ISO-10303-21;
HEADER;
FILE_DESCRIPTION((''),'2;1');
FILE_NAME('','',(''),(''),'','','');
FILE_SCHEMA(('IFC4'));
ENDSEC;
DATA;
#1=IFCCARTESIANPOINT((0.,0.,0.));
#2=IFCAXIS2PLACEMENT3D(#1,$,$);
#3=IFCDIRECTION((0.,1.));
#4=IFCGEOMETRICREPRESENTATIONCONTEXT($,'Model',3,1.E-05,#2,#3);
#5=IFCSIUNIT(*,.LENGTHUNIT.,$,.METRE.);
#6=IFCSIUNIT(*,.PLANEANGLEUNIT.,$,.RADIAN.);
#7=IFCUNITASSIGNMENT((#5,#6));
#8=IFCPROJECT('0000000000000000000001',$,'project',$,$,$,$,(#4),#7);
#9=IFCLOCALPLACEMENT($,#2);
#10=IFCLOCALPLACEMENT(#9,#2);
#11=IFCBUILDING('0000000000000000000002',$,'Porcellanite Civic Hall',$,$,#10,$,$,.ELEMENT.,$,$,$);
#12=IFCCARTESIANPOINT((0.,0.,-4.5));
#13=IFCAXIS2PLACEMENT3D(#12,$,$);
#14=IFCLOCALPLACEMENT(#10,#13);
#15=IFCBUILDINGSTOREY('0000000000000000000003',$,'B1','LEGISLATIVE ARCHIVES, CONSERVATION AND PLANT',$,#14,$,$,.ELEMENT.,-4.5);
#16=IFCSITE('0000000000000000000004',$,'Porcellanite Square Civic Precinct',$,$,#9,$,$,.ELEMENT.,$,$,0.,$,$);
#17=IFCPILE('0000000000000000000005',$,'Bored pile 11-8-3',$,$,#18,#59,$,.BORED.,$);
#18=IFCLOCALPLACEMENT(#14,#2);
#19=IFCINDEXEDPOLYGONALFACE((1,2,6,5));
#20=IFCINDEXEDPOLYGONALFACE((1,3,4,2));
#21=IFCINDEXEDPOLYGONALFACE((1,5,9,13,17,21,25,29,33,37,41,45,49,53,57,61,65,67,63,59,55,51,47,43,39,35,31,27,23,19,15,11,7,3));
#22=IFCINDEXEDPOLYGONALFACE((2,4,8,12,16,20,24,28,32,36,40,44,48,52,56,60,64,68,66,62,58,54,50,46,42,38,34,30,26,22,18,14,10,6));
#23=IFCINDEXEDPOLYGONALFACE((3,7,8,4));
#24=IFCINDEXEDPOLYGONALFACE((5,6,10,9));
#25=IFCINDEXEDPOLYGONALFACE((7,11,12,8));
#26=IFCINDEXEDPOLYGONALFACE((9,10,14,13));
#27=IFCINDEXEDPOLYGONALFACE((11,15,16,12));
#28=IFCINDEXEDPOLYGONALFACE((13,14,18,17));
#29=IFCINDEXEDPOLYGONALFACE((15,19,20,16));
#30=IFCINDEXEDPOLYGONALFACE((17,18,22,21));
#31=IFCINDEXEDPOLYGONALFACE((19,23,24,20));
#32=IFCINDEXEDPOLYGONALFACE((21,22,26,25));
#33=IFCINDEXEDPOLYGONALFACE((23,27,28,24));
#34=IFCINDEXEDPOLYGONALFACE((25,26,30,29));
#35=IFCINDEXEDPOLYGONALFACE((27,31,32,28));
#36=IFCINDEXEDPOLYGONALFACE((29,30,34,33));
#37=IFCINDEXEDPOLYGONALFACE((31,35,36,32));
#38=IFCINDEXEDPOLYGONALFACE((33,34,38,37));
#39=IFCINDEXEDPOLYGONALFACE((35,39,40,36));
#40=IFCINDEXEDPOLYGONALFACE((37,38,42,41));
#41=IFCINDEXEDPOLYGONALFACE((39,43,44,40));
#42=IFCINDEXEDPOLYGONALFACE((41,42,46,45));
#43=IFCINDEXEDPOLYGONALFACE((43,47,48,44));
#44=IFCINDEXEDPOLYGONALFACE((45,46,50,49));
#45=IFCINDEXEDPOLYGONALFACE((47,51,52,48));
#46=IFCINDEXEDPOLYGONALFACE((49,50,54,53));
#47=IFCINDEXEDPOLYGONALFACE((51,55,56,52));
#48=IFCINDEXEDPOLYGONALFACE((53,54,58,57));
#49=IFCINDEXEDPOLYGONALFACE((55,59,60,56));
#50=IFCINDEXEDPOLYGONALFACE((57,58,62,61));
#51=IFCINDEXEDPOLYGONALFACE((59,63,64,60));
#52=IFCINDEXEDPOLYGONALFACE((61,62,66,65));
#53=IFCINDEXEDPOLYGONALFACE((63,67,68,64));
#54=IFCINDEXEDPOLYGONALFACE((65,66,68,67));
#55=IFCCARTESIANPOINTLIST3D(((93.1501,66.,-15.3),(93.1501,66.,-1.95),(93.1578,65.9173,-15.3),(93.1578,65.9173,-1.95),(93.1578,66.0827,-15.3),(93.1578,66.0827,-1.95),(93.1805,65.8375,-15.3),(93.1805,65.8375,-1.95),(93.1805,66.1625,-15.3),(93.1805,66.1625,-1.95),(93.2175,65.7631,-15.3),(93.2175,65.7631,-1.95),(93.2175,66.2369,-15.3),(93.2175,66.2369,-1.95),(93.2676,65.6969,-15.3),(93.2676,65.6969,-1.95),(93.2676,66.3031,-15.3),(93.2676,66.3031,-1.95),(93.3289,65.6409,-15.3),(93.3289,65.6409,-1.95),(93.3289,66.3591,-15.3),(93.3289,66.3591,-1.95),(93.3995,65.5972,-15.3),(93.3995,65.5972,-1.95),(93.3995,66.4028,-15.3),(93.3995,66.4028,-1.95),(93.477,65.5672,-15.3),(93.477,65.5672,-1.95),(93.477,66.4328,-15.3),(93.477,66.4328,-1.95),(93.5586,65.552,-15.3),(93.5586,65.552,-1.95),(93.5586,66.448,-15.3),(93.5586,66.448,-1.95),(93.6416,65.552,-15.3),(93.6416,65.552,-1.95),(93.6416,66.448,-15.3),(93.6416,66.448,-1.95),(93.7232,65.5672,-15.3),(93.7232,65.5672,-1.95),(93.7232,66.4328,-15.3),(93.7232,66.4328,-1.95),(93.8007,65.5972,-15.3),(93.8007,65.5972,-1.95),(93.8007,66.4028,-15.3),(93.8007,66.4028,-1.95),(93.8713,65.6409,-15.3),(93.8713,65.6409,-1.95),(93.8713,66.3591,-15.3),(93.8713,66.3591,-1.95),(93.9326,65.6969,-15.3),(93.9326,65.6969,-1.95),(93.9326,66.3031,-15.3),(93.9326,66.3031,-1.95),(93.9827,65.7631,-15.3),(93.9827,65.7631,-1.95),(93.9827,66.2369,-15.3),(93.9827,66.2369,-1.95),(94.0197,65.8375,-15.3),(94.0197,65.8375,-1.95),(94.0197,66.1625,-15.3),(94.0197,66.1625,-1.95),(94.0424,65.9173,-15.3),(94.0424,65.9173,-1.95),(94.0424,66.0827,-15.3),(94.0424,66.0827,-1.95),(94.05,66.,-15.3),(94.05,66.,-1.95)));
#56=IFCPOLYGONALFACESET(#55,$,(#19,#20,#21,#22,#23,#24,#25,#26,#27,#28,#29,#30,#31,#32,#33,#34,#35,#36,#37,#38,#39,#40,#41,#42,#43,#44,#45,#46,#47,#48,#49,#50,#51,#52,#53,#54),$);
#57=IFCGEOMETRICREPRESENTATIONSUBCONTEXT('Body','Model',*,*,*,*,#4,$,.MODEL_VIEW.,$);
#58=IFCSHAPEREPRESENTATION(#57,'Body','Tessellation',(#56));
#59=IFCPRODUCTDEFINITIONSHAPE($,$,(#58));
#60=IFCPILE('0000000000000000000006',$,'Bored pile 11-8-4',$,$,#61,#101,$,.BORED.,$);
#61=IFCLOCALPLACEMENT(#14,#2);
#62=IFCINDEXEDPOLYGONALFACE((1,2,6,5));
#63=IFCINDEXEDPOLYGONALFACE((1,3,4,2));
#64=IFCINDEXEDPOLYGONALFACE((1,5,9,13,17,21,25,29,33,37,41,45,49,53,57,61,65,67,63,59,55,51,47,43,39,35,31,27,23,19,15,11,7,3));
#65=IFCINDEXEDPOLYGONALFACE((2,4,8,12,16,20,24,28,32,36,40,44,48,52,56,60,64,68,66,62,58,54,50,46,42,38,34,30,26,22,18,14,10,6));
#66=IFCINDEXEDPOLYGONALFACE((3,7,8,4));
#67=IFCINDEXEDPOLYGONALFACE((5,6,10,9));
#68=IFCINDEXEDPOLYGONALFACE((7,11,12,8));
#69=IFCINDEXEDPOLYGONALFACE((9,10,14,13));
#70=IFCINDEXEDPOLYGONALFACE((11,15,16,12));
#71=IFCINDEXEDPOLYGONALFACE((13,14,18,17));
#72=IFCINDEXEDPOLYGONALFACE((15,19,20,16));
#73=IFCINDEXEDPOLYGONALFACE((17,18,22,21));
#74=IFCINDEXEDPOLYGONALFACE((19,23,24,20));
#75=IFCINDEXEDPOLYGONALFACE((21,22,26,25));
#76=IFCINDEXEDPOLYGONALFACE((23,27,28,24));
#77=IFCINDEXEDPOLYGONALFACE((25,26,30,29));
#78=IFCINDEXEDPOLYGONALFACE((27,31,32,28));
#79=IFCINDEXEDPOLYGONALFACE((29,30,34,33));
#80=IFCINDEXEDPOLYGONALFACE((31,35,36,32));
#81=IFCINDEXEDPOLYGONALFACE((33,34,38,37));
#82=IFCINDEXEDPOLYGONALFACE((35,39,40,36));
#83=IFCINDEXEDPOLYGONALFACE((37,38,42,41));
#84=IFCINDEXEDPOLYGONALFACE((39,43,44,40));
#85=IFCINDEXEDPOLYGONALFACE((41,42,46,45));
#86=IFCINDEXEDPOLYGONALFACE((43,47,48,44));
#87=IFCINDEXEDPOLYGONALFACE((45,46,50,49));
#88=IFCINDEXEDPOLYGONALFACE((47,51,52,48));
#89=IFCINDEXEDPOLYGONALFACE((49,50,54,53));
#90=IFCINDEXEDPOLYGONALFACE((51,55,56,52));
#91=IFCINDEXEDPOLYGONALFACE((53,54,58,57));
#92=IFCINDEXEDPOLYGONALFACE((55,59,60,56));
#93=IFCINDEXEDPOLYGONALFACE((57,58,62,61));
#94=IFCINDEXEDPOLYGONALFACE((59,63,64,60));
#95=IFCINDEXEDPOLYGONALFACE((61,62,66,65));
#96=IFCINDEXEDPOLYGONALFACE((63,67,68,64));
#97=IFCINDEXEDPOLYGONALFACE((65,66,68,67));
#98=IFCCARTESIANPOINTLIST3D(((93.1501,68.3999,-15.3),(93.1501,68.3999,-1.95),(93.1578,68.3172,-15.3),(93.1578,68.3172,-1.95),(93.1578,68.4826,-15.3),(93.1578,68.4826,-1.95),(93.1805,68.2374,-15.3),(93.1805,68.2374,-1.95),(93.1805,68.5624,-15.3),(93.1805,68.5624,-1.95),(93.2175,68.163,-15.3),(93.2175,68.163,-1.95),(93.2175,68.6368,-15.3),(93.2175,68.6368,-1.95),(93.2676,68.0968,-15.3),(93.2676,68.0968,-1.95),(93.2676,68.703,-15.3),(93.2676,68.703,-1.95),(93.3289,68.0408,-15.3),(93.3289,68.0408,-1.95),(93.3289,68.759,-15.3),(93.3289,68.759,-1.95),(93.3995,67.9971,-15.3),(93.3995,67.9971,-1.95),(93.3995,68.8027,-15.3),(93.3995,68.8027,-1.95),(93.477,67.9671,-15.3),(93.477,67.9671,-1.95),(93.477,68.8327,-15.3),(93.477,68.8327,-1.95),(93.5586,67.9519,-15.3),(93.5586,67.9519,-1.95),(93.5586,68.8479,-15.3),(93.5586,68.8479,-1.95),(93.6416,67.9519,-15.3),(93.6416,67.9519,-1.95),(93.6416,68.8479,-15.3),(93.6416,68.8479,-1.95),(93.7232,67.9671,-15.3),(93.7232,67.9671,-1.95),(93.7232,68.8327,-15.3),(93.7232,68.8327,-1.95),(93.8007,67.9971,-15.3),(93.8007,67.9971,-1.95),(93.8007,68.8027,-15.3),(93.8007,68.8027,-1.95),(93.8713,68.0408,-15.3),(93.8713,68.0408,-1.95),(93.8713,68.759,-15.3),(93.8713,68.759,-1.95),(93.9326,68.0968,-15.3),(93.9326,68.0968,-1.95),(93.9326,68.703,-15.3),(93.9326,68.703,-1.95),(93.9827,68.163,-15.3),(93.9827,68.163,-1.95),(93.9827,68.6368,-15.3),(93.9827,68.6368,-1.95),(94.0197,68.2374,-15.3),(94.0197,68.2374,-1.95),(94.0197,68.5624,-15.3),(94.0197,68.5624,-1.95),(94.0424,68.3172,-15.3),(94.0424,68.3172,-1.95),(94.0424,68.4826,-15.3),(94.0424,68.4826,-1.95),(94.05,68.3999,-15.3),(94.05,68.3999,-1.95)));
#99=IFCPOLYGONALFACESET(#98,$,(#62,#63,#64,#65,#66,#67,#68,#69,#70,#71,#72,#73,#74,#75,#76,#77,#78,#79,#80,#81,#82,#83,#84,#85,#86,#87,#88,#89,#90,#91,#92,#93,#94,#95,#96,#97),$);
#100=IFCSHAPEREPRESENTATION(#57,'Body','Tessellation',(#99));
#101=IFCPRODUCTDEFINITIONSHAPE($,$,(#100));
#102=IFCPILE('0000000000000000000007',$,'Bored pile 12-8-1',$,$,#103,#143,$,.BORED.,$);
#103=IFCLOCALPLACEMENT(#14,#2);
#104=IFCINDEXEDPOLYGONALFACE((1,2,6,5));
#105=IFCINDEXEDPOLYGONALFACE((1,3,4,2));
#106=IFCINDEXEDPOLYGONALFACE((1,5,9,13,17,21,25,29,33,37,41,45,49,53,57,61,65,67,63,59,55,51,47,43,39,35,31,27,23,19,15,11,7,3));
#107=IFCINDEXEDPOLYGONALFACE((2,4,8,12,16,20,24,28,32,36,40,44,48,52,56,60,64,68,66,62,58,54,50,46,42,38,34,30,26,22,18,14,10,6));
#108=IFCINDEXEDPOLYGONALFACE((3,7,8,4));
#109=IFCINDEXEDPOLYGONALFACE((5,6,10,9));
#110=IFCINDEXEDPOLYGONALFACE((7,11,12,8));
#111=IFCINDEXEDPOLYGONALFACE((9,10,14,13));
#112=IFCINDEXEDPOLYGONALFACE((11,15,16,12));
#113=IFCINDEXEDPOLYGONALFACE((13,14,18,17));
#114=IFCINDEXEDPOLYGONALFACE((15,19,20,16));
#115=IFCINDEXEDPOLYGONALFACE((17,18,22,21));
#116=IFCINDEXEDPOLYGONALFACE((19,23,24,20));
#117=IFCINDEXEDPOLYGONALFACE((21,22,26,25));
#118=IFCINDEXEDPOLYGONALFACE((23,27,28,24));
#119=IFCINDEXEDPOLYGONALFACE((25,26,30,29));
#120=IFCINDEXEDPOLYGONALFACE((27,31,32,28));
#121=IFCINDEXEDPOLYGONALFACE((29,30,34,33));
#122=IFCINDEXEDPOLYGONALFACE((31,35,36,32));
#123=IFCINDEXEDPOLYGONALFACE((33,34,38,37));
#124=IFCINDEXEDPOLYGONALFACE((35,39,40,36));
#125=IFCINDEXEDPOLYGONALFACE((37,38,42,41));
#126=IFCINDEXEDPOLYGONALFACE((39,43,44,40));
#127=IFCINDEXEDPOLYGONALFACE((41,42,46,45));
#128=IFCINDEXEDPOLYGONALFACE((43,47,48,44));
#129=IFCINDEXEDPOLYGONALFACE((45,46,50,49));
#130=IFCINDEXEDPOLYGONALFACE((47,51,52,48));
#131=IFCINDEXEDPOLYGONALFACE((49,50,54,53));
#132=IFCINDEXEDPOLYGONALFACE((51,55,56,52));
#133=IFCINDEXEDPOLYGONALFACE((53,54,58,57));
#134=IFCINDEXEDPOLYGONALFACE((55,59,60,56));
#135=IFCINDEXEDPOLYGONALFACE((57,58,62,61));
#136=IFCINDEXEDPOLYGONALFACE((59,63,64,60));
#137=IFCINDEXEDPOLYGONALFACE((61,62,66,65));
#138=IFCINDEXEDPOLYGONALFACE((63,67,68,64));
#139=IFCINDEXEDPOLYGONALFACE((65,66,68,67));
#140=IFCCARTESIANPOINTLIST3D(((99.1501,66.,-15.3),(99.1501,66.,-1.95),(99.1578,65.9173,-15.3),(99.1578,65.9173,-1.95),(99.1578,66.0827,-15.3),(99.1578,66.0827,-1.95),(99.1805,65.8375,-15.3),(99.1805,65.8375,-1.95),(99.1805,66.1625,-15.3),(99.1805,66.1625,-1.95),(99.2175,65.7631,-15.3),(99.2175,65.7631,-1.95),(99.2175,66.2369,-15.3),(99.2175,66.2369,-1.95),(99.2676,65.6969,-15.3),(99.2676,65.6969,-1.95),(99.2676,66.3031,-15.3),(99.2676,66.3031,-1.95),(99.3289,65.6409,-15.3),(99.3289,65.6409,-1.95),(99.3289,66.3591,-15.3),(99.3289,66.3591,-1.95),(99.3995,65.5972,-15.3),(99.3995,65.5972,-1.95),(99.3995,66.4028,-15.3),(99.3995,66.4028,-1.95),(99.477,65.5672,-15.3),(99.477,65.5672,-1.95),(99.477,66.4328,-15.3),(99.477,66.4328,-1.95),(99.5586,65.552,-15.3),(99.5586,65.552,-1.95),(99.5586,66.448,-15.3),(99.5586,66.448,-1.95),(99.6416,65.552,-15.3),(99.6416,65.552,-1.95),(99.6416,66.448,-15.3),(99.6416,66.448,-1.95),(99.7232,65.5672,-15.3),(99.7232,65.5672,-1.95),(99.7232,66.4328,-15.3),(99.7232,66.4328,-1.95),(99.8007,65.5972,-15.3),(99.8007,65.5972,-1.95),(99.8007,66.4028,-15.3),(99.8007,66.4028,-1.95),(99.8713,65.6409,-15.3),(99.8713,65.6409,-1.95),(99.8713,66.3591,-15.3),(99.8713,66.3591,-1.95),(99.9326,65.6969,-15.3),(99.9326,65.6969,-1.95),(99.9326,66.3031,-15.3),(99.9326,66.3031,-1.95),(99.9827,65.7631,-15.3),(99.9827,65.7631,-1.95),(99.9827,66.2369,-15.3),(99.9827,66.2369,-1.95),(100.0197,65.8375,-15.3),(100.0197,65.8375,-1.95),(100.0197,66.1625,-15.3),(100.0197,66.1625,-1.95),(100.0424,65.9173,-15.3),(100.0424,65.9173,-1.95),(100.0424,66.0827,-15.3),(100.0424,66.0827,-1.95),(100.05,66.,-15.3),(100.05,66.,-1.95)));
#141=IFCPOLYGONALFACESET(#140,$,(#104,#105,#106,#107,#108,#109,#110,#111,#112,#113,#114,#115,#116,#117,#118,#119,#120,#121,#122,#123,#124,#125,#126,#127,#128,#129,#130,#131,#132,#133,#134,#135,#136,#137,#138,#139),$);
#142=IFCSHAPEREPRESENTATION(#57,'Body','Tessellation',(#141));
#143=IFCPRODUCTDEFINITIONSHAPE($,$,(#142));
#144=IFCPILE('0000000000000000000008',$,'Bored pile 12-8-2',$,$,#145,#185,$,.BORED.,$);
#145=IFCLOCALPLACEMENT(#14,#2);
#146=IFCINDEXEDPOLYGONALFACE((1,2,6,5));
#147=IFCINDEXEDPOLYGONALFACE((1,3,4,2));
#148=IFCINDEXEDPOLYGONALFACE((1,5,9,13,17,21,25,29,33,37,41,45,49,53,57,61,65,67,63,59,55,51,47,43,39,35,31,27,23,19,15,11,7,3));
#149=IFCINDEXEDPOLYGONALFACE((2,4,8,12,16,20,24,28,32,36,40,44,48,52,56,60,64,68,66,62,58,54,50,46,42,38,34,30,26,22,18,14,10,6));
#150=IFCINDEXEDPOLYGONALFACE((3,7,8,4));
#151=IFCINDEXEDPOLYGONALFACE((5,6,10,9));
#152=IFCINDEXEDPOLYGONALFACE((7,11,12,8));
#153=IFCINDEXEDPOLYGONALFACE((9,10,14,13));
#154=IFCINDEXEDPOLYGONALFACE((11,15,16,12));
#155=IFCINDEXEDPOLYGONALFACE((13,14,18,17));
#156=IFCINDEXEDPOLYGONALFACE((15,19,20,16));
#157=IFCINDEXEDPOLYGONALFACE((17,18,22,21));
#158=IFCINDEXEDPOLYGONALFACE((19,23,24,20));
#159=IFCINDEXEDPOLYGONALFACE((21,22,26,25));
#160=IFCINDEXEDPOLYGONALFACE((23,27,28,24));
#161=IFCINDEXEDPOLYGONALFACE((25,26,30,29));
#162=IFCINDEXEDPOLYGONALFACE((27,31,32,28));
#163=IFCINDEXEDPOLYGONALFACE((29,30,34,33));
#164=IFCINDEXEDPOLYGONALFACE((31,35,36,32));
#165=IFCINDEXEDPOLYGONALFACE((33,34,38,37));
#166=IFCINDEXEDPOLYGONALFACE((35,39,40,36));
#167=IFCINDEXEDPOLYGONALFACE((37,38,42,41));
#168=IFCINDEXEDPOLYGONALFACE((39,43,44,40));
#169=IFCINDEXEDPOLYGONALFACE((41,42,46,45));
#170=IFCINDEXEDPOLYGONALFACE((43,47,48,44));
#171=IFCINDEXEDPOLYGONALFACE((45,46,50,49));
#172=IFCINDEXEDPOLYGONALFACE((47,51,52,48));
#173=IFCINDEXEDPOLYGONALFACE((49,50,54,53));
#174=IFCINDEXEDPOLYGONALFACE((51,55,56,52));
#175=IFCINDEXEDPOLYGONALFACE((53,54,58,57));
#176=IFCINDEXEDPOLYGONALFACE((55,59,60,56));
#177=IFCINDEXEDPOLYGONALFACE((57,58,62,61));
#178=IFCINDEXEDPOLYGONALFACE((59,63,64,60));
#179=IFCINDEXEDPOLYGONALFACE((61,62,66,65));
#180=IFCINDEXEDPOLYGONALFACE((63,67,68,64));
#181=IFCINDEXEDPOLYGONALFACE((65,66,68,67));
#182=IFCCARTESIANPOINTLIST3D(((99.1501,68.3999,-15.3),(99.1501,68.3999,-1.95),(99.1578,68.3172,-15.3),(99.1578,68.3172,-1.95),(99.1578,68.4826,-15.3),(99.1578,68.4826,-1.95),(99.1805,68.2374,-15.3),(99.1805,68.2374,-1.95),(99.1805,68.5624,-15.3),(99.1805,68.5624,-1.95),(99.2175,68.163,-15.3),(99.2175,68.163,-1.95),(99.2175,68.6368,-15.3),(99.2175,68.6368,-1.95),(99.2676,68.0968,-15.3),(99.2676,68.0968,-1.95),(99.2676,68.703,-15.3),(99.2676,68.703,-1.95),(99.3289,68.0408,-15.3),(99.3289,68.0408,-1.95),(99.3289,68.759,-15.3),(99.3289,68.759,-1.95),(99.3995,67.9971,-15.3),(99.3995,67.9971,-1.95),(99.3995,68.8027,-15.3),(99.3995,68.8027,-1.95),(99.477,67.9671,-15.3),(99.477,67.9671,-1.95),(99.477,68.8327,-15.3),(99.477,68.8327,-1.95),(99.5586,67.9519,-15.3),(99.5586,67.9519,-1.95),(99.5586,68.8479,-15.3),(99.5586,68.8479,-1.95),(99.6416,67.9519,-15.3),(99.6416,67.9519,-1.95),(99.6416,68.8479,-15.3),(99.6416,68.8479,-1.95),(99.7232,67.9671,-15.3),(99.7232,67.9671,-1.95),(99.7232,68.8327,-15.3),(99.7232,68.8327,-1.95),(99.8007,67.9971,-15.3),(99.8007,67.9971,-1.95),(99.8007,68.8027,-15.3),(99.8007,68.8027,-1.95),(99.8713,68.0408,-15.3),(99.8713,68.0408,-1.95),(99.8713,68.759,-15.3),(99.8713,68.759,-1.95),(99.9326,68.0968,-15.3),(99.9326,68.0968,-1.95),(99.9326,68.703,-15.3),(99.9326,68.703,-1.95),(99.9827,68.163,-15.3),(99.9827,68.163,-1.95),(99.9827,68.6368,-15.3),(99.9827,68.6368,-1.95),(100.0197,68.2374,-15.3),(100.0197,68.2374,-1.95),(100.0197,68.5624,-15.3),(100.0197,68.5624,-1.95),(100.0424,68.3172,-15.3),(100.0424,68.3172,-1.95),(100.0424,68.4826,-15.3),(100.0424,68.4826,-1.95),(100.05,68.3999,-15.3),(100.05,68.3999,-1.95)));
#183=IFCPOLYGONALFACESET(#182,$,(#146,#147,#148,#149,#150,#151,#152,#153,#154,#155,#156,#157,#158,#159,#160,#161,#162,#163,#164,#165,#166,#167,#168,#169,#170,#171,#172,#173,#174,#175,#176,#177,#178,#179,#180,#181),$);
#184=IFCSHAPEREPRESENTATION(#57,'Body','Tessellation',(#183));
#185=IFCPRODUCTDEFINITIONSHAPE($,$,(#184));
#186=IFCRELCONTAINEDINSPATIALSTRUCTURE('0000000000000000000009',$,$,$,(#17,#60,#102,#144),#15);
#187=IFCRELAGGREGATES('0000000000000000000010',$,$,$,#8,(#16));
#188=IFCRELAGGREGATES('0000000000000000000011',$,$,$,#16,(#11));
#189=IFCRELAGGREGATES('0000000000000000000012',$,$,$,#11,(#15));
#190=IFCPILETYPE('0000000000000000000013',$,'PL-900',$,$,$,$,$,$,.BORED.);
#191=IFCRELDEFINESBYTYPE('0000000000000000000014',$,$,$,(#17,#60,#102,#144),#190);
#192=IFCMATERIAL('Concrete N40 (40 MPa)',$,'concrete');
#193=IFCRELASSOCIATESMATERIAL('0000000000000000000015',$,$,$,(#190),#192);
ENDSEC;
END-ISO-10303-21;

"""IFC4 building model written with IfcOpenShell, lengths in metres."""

from ifc_helpers import new_model, si_unit, direction, frame, origin, origin_2d, place, context, subcontext, project, spatial, circle, extrude, material, material_profile, profile_set, type_object, element, save


model = new_model("IFC4")

# Units and contexts
model_context = context("Model", 3, precision=1e-05, world=origin(), true_north=direction((0.0, 1.0)))
body_context = subcontext(model_context, "Body", "Model", "MODEL_VIEW")
ifc_project = project(units=[si_unit("LENGTHUNIT", "METRE"), si_unit("PLANEANGLEUNIT", "RADIAN")], contexts=[model_context])

# Site, building, storey
site_placement = place(None, origin())
site = spatial("IfcSite", under=ifc_project, at=site_placement, Name="Porcellanite Square Civic Precinct", CompositionType="ELEMENT", RefElevation=0.0)
building_placement = place(site_placement, origin())
building = spatial("IfcBuilding", under=site, at=building_placement, Name="Porcellanite Civic Hall", CompositionType="ELEMENT")
storey_placement = place(building_placement, frame((0.0, 0.0, -4.5)))
storey = spatial("IfcBuildingStorey", under=building, at=storey_placement, Name="B1", Description="LEGISLATIVE ARCHIVES, CONSERVATION AND PLANT", CompositionType="ELEMENT", Elevation=-4.5)

# Piles
ifc_material_1 = material(Name="Concrete N40 (40 MPa)", Category="concrete")
ifc_material_profile_1 = material_profile(ifc_material_1, circle(Radius=0.45, at=origin_2d()), Name="PILE-D900")
ifc_profile_set_1 = profile_set([ifc_material_profile_1], Name="Concrete N40 (40 MPa)")
pile_type_1 = type_object("IfcPileType", Name="PL-900", PredefinedType="BORED", material=ifc_profile_set_1)
for number, where, z_axis, x_axis, name in (
    (1, (93.6001, 66.0, -1.95), (0.0, 0.0, -1.0), (1.0, 0.0, 0.0), "Bored pile 11-8-3"),
    (2, (93.6001, 68.3999, -1.95), (0.0, 0.0, -1.0), (1.0, 0.0, 0.0), "Bored pile 11-8-4"),
    (3, (99.6001, 66.0, -1.95), (0.0, 0.0, -1.0), (1.0, 0.0, 0.0), "Bored pile 12-8-1"),
    (4, (99.6001, 68.3999, -1.95), (0.0, 0.0, -1.0), (1.0, 0.0, 0.0), "Bored pile 12-8-2"),
):
    element("IfcPile", number, at=place(storey_placement, frame(where, z_axis=z_axis, x_axis=x_axis)), inside=storey, type_object=pile_type_1, Name=name, PredefinedType="BORED", context=body_context, shape_type="SweptSolid", body=[
        extrude(circle(Radius=0.45, at=origin_2d()), origin(), (0.0, 0.0, 1.0), 13.3501),
    ])

save(model, "model.ifc")
